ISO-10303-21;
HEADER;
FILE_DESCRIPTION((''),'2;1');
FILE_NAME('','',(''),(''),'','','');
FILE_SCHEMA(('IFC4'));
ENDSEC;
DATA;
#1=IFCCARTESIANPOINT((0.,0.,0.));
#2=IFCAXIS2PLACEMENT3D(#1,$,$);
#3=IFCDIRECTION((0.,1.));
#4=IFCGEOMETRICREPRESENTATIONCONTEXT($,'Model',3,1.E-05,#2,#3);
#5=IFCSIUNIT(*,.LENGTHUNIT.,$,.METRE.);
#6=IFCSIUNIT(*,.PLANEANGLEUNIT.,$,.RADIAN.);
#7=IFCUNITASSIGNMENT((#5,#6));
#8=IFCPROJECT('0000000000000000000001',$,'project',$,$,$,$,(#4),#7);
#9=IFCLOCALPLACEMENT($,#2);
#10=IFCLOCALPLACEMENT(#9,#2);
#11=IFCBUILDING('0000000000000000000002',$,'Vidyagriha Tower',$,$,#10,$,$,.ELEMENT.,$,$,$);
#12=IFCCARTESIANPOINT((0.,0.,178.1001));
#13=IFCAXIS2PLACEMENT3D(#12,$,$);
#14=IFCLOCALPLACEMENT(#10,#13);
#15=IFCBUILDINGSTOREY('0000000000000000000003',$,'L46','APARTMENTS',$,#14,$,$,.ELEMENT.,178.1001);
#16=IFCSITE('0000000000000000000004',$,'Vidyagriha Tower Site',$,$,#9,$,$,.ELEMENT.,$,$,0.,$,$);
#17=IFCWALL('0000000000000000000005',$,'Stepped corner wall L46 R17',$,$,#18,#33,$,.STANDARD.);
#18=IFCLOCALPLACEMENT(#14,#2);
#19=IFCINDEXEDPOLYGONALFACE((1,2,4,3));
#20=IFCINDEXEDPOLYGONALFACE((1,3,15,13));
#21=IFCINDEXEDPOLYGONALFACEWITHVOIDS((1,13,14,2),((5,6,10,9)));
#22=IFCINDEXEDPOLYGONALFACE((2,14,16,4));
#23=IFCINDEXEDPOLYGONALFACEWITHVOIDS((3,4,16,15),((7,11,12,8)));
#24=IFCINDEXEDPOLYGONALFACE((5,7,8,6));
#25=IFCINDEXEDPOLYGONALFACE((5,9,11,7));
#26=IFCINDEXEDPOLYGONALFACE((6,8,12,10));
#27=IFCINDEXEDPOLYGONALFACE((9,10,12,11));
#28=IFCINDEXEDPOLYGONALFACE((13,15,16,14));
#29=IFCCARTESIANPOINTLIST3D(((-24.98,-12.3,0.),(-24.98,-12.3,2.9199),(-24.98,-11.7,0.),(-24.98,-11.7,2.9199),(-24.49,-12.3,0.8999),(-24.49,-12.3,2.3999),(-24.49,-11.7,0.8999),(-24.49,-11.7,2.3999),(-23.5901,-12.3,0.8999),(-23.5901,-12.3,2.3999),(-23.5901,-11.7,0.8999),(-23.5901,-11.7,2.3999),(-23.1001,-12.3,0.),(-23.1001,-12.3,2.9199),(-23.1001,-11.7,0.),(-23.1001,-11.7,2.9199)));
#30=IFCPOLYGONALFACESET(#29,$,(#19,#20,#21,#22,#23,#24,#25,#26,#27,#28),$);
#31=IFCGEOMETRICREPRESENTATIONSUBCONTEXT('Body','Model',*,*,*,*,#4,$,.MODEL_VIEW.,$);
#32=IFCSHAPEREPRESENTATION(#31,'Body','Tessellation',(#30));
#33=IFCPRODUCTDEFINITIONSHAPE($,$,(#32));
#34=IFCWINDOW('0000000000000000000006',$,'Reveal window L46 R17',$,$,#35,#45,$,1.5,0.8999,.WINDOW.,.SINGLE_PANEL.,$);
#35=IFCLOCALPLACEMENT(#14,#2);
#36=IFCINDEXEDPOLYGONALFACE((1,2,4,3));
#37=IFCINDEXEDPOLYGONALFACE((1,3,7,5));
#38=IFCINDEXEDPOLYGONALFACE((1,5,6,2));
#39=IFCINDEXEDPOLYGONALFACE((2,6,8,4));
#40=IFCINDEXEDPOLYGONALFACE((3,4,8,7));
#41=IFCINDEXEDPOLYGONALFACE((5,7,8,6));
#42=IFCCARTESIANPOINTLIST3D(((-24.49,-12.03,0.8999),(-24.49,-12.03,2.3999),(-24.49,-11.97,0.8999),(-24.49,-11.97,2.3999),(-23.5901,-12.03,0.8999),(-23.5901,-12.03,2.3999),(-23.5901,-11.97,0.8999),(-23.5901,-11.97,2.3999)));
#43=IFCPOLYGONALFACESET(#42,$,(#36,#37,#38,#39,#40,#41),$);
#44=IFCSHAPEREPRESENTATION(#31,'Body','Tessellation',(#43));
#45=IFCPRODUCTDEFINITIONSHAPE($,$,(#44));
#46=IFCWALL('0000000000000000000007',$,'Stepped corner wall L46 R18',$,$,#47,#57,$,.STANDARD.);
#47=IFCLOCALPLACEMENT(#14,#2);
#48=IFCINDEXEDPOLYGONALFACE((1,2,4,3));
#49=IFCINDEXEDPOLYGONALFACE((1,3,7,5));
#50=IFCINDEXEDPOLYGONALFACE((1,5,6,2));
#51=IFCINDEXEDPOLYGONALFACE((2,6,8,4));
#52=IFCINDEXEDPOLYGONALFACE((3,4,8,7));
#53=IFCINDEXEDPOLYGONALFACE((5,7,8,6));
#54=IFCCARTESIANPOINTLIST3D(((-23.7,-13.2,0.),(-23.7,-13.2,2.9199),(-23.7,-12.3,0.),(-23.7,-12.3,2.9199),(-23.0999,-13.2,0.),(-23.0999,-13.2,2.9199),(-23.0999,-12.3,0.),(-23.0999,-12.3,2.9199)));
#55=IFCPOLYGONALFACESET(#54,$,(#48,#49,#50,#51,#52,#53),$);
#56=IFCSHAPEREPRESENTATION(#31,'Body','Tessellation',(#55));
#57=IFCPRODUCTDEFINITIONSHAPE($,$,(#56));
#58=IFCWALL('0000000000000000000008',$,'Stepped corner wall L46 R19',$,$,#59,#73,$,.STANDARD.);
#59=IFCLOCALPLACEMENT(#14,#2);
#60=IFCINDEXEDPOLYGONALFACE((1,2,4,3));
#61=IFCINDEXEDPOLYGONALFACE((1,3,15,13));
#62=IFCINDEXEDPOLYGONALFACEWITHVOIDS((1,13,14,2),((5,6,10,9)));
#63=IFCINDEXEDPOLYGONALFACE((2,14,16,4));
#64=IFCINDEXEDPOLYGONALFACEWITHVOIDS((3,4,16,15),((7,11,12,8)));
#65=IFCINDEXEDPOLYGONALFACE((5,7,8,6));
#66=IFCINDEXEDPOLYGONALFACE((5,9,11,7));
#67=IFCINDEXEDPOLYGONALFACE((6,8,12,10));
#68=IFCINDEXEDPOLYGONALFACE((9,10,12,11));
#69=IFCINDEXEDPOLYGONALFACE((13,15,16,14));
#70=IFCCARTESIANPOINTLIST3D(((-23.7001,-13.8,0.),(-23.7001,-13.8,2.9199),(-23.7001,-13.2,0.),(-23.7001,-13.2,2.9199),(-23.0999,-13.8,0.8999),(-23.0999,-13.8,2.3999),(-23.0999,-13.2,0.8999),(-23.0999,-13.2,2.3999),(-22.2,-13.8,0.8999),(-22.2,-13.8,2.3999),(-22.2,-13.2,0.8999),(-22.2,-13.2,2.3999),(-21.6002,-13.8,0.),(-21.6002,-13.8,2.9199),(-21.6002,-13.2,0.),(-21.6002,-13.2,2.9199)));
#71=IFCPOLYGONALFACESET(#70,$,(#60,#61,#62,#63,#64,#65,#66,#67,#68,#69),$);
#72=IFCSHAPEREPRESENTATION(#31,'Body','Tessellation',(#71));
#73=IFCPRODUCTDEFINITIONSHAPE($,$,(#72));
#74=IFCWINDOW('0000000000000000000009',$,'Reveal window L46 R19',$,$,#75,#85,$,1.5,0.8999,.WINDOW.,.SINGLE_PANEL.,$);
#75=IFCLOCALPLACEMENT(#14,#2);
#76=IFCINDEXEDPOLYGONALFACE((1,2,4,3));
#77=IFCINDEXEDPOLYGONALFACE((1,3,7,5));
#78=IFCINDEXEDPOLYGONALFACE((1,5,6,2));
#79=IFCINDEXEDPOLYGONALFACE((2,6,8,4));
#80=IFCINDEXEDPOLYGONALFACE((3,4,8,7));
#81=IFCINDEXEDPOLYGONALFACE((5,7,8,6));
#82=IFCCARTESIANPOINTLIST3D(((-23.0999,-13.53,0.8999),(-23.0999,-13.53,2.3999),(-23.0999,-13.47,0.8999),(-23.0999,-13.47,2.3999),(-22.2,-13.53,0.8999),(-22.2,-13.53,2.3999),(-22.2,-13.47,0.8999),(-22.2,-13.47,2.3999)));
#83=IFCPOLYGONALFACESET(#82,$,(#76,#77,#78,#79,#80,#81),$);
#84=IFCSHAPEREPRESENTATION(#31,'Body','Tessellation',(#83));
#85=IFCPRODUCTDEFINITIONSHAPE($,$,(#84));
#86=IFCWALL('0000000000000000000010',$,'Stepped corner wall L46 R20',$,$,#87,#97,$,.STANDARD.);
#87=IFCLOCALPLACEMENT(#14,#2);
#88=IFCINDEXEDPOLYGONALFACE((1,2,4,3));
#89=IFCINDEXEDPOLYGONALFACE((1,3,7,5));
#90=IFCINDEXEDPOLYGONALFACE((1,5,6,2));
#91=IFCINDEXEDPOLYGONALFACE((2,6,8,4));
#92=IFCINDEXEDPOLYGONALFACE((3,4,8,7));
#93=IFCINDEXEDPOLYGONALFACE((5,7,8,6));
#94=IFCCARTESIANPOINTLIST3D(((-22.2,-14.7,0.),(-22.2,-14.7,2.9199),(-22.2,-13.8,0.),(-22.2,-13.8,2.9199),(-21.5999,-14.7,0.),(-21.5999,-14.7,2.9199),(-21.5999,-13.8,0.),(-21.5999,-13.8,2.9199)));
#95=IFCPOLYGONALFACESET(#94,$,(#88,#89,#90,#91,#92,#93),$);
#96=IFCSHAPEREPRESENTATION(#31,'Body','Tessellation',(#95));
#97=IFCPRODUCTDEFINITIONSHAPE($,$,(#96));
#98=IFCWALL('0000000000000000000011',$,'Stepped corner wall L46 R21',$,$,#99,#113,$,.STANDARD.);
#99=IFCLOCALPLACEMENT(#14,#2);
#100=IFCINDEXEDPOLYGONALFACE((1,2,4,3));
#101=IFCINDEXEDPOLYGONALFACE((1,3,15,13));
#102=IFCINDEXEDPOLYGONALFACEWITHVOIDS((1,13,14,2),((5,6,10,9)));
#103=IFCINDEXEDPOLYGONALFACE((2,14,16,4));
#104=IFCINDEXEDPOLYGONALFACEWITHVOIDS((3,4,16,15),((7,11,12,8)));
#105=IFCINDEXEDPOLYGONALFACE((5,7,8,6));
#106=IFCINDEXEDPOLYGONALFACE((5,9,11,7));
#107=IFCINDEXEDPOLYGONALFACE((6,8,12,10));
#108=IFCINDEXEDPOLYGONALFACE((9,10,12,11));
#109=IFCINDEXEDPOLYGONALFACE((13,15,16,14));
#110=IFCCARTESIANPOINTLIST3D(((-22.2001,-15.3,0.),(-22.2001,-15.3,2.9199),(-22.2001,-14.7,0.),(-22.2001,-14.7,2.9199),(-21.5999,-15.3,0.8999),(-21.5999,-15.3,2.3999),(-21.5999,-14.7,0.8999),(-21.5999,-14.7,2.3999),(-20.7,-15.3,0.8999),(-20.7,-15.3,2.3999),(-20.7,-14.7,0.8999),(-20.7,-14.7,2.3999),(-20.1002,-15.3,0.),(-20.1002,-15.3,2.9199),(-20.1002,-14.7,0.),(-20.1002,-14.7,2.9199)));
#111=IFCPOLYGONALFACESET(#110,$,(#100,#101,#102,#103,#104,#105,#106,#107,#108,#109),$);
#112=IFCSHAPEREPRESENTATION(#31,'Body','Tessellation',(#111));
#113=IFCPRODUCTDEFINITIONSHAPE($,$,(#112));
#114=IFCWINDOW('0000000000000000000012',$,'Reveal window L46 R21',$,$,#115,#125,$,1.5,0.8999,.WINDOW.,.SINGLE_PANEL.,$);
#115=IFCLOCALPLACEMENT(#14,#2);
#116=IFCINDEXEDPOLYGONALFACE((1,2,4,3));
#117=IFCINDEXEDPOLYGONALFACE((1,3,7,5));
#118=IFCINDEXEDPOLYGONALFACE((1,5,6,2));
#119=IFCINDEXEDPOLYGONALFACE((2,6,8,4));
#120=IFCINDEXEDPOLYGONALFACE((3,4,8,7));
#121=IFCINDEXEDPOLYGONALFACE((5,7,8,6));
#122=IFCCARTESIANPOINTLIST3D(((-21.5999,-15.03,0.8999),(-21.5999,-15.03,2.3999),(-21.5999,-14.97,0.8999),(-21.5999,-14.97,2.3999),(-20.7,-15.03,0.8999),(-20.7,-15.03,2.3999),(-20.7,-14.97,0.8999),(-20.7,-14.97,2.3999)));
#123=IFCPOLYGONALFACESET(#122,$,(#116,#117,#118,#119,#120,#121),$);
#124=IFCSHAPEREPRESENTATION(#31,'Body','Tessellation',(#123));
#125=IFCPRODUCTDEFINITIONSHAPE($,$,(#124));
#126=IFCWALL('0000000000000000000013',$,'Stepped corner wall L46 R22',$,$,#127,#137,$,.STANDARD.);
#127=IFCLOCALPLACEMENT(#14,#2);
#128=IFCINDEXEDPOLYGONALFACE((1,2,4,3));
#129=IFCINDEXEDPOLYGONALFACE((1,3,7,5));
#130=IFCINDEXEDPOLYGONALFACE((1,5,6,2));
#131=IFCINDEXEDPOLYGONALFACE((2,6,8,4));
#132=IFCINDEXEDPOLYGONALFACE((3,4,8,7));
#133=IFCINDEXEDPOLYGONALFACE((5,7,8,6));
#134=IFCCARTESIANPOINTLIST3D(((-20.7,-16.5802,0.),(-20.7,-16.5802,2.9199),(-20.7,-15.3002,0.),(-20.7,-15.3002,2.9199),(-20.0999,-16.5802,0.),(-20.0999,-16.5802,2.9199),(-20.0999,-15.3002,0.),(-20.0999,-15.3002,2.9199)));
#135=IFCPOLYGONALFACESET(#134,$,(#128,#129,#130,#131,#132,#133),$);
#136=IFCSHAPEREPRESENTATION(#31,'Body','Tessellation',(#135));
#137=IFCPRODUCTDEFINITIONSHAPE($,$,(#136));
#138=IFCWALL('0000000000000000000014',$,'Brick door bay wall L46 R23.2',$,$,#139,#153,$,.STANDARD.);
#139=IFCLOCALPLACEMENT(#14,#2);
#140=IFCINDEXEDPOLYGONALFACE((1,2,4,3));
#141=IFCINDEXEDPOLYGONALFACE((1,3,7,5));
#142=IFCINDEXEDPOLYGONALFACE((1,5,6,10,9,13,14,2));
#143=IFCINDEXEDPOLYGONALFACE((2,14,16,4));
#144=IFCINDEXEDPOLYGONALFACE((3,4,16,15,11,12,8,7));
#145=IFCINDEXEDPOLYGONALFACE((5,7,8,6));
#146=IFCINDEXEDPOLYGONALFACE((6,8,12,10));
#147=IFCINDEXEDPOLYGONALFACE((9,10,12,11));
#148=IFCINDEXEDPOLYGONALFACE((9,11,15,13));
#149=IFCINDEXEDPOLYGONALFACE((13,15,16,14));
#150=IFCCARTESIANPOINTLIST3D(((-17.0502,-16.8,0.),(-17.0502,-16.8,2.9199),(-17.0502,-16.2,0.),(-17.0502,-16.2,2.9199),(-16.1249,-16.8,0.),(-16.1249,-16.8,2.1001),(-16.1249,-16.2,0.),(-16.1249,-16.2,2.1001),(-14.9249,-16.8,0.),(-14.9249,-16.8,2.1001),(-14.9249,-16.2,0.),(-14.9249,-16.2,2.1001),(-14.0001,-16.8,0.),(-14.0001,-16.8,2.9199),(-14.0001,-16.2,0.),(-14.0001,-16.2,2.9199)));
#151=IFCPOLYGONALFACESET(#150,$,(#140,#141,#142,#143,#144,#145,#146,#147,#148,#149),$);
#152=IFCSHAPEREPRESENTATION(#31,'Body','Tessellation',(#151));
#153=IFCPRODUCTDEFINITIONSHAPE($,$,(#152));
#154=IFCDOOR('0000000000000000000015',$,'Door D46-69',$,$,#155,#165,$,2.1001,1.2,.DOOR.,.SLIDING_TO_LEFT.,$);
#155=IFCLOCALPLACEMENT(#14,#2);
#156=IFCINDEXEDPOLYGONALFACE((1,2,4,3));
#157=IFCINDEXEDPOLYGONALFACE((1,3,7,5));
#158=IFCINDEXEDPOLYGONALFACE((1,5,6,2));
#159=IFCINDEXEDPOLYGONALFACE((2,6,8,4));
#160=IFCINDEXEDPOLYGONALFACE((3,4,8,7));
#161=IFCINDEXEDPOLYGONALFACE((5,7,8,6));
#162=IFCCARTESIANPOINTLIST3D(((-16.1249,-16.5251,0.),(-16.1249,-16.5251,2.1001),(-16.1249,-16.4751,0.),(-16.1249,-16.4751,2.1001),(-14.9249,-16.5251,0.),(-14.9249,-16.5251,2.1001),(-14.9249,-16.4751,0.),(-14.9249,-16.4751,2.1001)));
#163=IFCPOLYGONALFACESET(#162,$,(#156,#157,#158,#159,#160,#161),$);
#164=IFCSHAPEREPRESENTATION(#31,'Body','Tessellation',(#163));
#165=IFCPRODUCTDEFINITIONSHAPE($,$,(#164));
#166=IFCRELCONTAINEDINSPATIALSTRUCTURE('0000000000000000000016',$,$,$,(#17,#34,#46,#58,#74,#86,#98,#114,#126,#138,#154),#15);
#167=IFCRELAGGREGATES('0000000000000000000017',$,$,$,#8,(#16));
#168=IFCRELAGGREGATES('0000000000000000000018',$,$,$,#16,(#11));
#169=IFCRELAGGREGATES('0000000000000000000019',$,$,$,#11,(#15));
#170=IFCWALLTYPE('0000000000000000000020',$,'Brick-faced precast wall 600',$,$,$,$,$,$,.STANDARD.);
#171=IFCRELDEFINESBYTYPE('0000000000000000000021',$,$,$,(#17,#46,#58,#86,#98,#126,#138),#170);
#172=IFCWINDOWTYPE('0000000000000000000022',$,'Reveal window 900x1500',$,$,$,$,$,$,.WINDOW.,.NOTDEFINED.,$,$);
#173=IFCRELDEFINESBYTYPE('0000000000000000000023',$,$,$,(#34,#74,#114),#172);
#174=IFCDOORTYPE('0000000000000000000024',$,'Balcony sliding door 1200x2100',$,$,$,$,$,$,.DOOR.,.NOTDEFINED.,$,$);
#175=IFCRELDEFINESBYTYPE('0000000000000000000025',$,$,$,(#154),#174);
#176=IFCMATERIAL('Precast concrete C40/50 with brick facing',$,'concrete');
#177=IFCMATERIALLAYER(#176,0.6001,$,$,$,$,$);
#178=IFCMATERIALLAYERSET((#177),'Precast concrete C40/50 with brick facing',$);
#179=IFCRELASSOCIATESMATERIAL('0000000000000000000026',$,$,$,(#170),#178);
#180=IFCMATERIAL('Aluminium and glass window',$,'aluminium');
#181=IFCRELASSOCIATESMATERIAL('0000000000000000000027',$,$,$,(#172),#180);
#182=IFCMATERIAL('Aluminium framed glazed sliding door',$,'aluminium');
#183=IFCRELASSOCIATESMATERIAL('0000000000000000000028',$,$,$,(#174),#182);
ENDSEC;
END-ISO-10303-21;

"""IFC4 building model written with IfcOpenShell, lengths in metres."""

from ifc_helpers import new_model, si_unit, direction, frame, frame_2d, origin, place, context, subcontext, project, spatial, rectangle, extrude, material, layer, layer_set, type_object, element, fill, save


model = new_model("IFC4")

# Units and contexts
model_context = context("Model", 3, precision=1e-05, world=origin(), true_north=direction((0.0, 1.0)))
body_context = subcontext(model_context, "Body", "Model", "MODEL_VIEW")
ifc_project = project(units=[si_unit("LENGTHUNIT", "METRE"), si_unit("PLANEANGLEUNIT", "RADIAN")], contexts=[model_context])

# Site, building, storey
site_placement = place(None, origin())
site = spatial("IfcSite", under=ifc_project, at=site_placement, Name="Vidyagriha Tower Site", CompositionType="ELEMENT", RefElevation=0.0)
building_placement = place(site_placement, origin())
building = spatial("IfcBuilding", under=site, at=building_placement, Name="Vidyagriha Tower", CompositionType="ELEMENT")
storey_placement = place(building_placement, frame((0.0, 0.0, 178.1001)))
storey = spatial("IfcBuildingStorey", under=building, at=storey_placement, Name="L46", Description="APARTMENTS", CompositionType="ELEMENT", Elevation=178.1001)

# Wall, opening, window
ifc_material_1 = material(Name="Precast concrete C40/50 with brick facing", Category="concrete")
ifc_layer_1 = layer(ifc_material_1, 0.6001)
ifc_layer_set_1 = layer_set([ifc_layer_1], Name="Precast concrete C40/50 with brick facing")
wall_type = type_object("IfcWallType", Name="Brick-faced precast wall 600", PredefinedType="STANDARD", material=ifc_layer_set_1)
wall_1_placement = place(storey_placement, frame((-24.98, -12.0, 0.0)))
wall_1 = element("IfcWall", 1, at=wall_1_placement, inside=storey, type_object=wall_type, Name="Stepped corner wall L46 R17", PredefinedType="STANDARD", context=body_context, shape_type="SweptSolid", body=[
    extrude(rectangle(XDim=1.8799, YDim=0.6001, at=frame_2d((0.9399, 0.0))), origin(), (0.0, 0.0, 1.0), 2.9199),
])
opening_1_placement = place(wall_1_placement, frame((0.49, 0.0, 0.8999)))
opening_1 = element("IfcOpeningElement", 2, at=opening_1_placement, cuts=wall_1, PredefinedType="OPENING", context=body_context, shape_type="SweptSolid", body=[
    extrude(rectangle(XDim=0.8999, YDim=1.5, at=frame_2d((0.45, 0.75))), frame((0.0, 0.3101, 0.0), z_axis=(0.0, -1.0, 0.0), x_axis=(1.0, 0.0, 0.0)), (0.0, 0.0, 1.0), 0.6201),
])
ifc_material_2 = material(Name="Aluminium and glass window", Category="aluminium")
window_type = type_object("IfcWindowType", Name="Reveal window 900x1500", PartitioningType="NOTDEFINED", PredefinedType="WINDOW", material=ifc_material_2)
window_1_placement = place(opening_1_placement, origin())
window_1 = element("IfcWindow", 3, at=window_1_placement, inside=storey, type_object=window_type, Name="Reveal window L46 R17", OverallHeight=1.5, OverallWidth=0.8999, PartitioningType="SINGLE_PANEL", PredefinedType="WINDOW", context=body_context, shape_type="SweptSolid", body=[
    extrude(rectangle(XDim=0.8999, YDim=1.5, at=frame_2d((0.45, 0.75))), frame((0.0, 0.03, 0.0), z_axis=(0.0, -1.0, 0.0), x_axis=(1.0, 0.0, 0.0)), (0.0, 0.0, 1.0), 0.0601),
])
fill(opening_1, window_1)

# Wall
wall_2_placement = place(storey_placement, frame((-23.3999, -12.3, 0.0), z_axis=(0.0, 0.0, 1.0), x_axis=(0.0, -1.0, 0.0)))
element("IfcWall", 4, at=wall_2_placement, inside=storey, type_object=wall_type, Name="Stepped corner wall L46 R18", PredefinedType="STANDARD", context=body_context, shape_type="SweptSolid", body=[
    extrude(rectangle(XDim=0.8999, YDim=0.6001, at=frame_2d((0.45, 0.0))), origin(), (0.0, 0.0, 1.0), 2.9199),
])

# Wall, opening, window
wall_3_placement = place(storey_placement, frame((-23.7, -13.5, 0.0)))
wall_3 = element("IfcWall", 5, at=wall_3_placement, inside=storey, type_object=wall_type, Name="Stepped corner wall L46 R19", PredefinedType="STANDARD", context=body_context, shape_type="SweptSolid", body=[
    extrude(rectangle(XDim=2.0999, YDim=0.6001, at=frame_2d((1.0498, 0.0))), origin(), (0.0, 0.0, 1.0), 2.9199),
])
opening_2_placement = place(wall_3_placement, frame((0.6001, 0.0, 0.8999)))
opening_2 = element("IfcOpeningElement", 6, at=opening_2_placement, cuts=wall_3, PredefinedType="OPENING", context=body_context, shape_type="SweptSolid", body=[
    extrude(rectangle(XDim=0.8999, YDim=1.5, at=frame_2d((0.45, 0.75))), frame((0.0, 0.3101, 0.0), z_axis=(0.0, -1.0, 0.0), x_axis=(1.0, 0.0, 0.0)), (0.0, 0.0, 1.0), 0.6201),
])
window_2_placement = place(opening_2_placement, origin())
window_2 = element("IfcWindow", 7, at=window_2_placement, inside=storey, type_object=window_type, Name="Reveal window L46 R19", OverallHeight=1.5, OverallWidth=0.8999, PartitioningType="SINGLE_PANEL", PredefinedType="WINDOW", context=body_context, shape_type="SweptSolid", body=[
    extrude(rectangle(XDim=0.8999, YDim=1.5, at=frame_2d((0.45, 0.75))), frame((0.0, 0.03, 0.0), z_axis=(0.0, -1.0, 0.0), x_axis=(1.0, 0.0, 0.0)), (0.0, 0.0, 1.0), 0.0601),
])
fill(opening_2, window_2)

# Wall
wall_4_placement = place(storey_placement, frame((-21.8999, -13.8, 0.0), z_axis=(0.0, 0.0, 1.0), x_axis=(0.0, -1.0, 0.0)))
element("IfcWall", 8, at=wall_4_placement, inside=storey, type_object=wall_type, Name="Stepped corner wall L46 R20", PredefinedType="STANDARD", context=body_context, shape_type="SweptSolid", body=[
    extrude(rectangle(XDim=0.8999, YDim=0.6001, at=frame_2d((0.45, 0.0))), origin(), (0.0, 0.0, 1.0), 2.9199),
])

# Wall, opening, window
wall_5_placement = place(storey_placement, frame((-22.2, -15.0, 0.0)))
wall_5 = element("IfcWall", 9, at=wall_5_placement, inside=storey, type_object=wall_type, Name="Stepped corner wall L46 R21", PredefinedType="STANDARD", context=body_context, shape_type="SweptSolid", body=[
    extrude(rectangle(XDim=2.0999, YDim=0.6001, at=frame_2d((1.0498, 0.0))), origin(), (0.0, 0.0, 1.0), 2.9199),
])
opening_3_placement = place(wall_5_placement, frame((0.6001, 0.0, 0.8999)))
opening_3 = element("IfcOpeningElement", 10, at=opening_3_placement, cuts=wall_5, PredefinedType="OPENING", context=body_context, shape_type="SweptSolid", body=[
    extrude(rectangle(XDim=0.8999, YDim=1.5, at=frame_2d((0.45, 0.75))), frame((0.0, 0.3101, 0.0), z_axis=(0.0, -1.0, 0.0), x_axis=(1.0, 0.0, 0.0)), (0.0, 0.0, 1.0), 0.6201),
])
window_3_placement = place(opening_3_placement, origin())
window_3 = element("IfcWindow", 11, at=window_3_placement, inside=storey, type_object=window_type, Name="Reveal window L46 R21", OverallHeight=1.5, OverallWidth=0.8999, PartitioningType="SINGLE_PANEL", PredefinedType="WINDOW", context=body_context, shape_type="SweptSolid", body=[
    extrude(rectangle(XDim=0.8999, YDim=1.5, at=frame_2d((0.45, 0.75))), frame((0.0, 0.03, 0.0), z_axis=(0.0, -1.0, 0.0), x_axis=(1.0, 0.0, 0.0)), (0.0, 0.0, 1.0), 0.0601),
])
fill(opening_3, window_3)

# Wall
wall_6_placement = place(storey_placement, frame((-20.3999, -15.3, 0.0), z_axis=(0.0, 0.0, 1.0), x_axis=(0.0, -1.0, 0.0)))
element("IfcWall", 12, at=wall_6_placement, inside=storey, type_object=wall_type, Name="Stepped corner wall L46 R22", PredefinedType="STANDARD", context=body_context, shape_type="SweptSolid", body=[
    extrude(rectangle(XDim=1.28, YDim=0.6001, at=frame_2d((0.6401, 0.0))), origin(), (0.0, 0.0, 1.0), 2.9199),
])

# Wall, opening, door
wall_7_placement = place(storey_placement, frame((-17.05, -16.5, 0.0)))
wall_7 = element("IfcWall", 13, at=wall_7_placement, inside=storey, type_object=wall_type, Name="Brick door bay wall L46 R23.2", PredefinedType="STANDARD", context=body_context, shape_type="SweptSolid", body=[
    extrude(rectangle(XDim=3.05, YDim=0.6001, at=frame_2d((1.5249, 0.0))), origin(), (0.0, 0.0, 1.0), 2.9199),
])
opening_4_placement = place(wall_7_placement, frame((0.925, 0.0, 0.0)))
opening_4 = element("IfcOpeningElement", 14, at=opening_4_placement, cuts=wall_7, PredefinedType="OPENING", context=body_context, shape_type="SweptSolid", body=[
    extrude(rectangle(XDim=1.2, YDim=2.1001, at=frame_2d((0.6001, 1.05))), frame((0.0, 0.3101, 0.0), z_axis=(0.0, -1.0, 0.0), x_axis=(1.0, 0.0, 0.0)), (0.0, 0.0, 1.0), 0.6201),
])
ifc_material_3 = material(Name="Aluminium framed glazed sliding door", Category="aluminium")
door_type = type_object("IfcDoorType", Name="Balcony sliding door 1200x2100", OperationType="NOTDEFINED", PredefinedType="DOOR", material=ifc_material_3)
door_placement = place(opening_4_placement, origin())
door = element("IfcDoor", 15, at=door_placement, inside=storey, type_object=door_type, Name="Door D46-69", OperationType="SLIDING_TO_LEFT", OverallHeight=2.1001, OverallWidth=1.2, PredefinedType="DOOR", context=body_context, shape_type="SweptSolid", body=[
    extrude(rectangle(XDim=1.2, YDim=2.1001, at=frame_2d((0.6001, 1.05))), frame((0.0, 0.0249, 0.0), z_axis=(0.0, -1.0, 0.0), x_axis=(1.0, 0.0, 0.0)), (0.0, 0.0, 1.0), 0.05),
])
fill(opening_4, door)

save(model, "model.ifc")
